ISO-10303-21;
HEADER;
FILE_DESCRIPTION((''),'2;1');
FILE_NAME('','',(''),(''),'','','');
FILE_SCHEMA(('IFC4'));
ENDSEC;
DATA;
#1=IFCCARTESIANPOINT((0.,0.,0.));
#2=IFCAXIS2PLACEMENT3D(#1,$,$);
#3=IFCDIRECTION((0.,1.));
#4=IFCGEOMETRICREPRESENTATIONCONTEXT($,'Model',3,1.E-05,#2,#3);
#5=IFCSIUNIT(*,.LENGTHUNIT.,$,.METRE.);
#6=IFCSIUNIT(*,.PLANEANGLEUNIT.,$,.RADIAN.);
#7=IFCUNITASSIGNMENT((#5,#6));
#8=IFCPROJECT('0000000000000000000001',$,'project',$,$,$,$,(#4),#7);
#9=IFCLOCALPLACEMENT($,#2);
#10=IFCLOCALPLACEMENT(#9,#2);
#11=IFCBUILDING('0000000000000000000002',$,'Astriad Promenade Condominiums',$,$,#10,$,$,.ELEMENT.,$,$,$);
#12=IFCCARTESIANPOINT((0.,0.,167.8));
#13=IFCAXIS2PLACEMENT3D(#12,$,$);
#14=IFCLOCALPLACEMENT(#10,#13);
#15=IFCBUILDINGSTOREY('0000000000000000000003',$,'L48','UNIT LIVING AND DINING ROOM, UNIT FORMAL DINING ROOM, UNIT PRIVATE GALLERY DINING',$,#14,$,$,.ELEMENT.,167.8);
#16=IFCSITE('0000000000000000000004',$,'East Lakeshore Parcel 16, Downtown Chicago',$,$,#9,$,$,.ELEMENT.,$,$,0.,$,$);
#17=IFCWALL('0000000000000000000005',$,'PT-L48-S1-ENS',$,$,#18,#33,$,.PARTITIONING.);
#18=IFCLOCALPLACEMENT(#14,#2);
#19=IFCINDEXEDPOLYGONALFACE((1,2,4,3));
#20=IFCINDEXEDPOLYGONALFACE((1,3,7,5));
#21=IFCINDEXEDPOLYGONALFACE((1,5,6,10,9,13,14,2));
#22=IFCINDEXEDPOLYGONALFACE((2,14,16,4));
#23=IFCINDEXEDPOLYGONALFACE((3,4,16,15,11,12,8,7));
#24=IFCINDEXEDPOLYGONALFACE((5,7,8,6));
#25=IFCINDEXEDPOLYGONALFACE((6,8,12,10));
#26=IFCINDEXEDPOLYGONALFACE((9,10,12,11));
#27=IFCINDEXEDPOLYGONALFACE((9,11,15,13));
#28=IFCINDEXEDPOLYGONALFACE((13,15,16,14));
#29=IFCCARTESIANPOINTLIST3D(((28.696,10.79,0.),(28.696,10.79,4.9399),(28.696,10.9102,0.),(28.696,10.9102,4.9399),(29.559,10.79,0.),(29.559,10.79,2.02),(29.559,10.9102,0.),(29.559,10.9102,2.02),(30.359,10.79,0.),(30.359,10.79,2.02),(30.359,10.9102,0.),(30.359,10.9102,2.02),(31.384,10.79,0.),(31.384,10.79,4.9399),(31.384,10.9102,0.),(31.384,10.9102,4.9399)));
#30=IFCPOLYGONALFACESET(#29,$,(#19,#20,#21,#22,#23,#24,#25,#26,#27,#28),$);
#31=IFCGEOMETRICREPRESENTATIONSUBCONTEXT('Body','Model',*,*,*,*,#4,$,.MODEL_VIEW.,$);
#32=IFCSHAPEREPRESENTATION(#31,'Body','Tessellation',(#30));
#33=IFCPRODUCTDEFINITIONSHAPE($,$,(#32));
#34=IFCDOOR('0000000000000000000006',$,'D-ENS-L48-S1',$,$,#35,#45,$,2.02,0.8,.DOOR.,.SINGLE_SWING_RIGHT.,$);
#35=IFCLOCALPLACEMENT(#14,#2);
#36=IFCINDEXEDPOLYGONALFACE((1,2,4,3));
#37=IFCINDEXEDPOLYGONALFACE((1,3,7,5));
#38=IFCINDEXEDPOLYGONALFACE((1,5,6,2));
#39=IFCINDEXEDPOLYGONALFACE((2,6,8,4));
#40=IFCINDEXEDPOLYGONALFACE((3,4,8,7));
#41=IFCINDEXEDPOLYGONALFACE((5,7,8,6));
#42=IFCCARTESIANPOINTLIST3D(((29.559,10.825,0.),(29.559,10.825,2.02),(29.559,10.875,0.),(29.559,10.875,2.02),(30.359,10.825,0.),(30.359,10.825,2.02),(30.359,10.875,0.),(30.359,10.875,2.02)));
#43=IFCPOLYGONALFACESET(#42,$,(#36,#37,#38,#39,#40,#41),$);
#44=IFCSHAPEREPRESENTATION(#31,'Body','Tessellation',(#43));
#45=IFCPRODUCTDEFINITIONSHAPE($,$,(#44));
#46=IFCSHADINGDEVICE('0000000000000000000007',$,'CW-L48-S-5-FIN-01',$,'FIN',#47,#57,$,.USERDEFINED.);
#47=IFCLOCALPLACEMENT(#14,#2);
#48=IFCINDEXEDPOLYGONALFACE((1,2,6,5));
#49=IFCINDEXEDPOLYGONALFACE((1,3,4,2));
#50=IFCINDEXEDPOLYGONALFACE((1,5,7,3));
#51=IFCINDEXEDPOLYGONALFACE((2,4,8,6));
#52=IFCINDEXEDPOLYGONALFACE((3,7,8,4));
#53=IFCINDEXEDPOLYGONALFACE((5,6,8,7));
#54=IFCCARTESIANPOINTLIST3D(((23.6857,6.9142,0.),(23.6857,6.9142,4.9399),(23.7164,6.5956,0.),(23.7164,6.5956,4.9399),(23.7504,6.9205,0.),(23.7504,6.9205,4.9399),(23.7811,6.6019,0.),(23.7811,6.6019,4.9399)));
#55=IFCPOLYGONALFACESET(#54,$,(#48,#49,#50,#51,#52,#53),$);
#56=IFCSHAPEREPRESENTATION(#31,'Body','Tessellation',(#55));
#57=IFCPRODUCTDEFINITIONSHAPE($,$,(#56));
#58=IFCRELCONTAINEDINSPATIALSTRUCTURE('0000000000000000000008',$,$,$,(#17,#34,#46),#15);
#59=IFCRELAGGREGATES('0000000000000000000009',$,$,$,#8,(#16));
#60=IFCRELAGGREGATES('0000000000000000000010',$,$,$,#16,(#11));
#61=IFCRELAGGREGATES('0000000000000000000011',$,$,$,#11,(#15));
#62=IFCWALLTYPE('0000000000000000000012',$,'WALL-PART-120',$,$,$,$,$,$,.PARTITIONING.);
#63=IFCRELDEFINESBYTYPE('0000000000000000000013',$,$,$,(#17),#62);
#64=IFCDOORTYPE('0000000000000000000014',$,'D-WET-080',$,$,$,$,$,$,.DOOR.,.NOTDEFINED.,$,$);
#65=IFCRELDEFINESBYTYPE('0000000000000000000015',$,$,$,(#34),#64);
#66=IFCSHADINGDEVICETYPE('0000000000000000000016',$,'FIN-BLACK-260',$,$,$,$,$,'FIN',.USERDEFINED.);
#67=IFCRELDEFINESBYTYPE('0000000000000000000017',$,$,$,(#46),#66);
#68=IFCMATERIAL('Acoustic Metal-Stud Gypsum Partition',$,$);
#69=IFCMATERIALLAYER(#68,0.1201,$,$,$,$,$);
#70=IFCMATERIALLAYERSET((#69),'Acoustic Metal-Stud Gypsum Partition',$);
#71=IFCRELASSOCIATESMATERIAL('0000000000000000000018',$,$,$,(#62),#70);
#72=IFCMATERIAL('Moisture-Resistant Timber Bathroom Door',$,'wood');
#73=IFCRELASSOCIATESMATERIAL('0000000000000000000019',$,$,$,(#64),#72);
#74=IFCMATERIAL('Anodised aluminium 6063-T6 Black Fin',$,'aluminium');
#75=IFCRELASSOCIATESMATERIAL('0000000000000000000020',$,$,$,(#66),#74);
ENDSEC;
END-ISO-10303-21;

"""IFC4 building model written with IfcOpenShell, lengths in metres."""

from ifc_helpers import new_model, si_unit, direction, frame, frame_2d, origin, origin_2d, place, context, subcontext, project, spatial, rectangle, extrude, source, transform, mapped, material, layer, layer_set, type_object, type_shapes, element, fill, save


model = new_model("IFC4")

# Units and contexts
model_context = context("Model", 3, precision=1e-05, world=origin(), true_north=direction((0.0, 1.0)))
body_context = subcontext(model_context, "Body", "Model", "MODEL_VIEW")
ifc_project = project(units=[si_unit("LENGTHUNIT", "METRE"), si_unit("PLANEANGLEUNIT", "RADIAN")], contexts=[model_context])

# Site, building, storey
site_placement = place(None, origin())
site = spatial("IfcSite", under=ifc_project, at=site_placement, Name="East Lakeshore Parcel 16, Downtown Chicago", CompositionType="ELEMENT", RefElevation=0.0)
building_placement = place(site_placement, origin())
building = spatial("IfcBuilding", under=site, at=building_placement, Name="Astriad Promenade Condominiums", CompositionType="ELEMENT")
storey_placement = place(building_placement, frame((0.0, 0.0, 167.8)))
storey = spatial("IfcBuildingStorey", under=building, at=storey_placement, Name="L48", Description="UNIT LIVING AND DINING ROOM, UNIT FORMAL DINING ROOM, UNIT PRIVATE GALLERY DINING", CompositionType="ELEMENT", Elevation=167.8)

# Shared definitions
ifc_material_1 = material(Name="Acoustic Metal-Stud Gypsum Partition")
ifc_layer_1 = layer(ifc_material_1, 0.1201)
ifc_layer_set_1 = layer_set([ifc_layer_1], Name="Acoustic Metal-Stud Gypsum Partition")
wall_type_1 = type_object("IfcWallType", Name="WALL-PART-120", PredefinedType="PARTITIONING", material=ifc_layer_set_1)
ifc_material_2 = material(Name="Moisture-Resistant Timber Bathroom Door", Category="wood")
door_type_1 = type_object("IfcDoorType", Name="D-WET-080", OperationType="NOTDEFINED", PredefinedType="DOOR", material=ifc_material_2)
shared_shape_1 = source(origin(), body_context, "Body", "SweptSolid", [
    extrude(rectangle(XDim=0.8, YDim=2.02, at=frame_2d((0.3999, 1.01))), frame((0.0, 0.0249, 0.0), z_axis=(0.0, -1.0, 0.0), x_axis=(1.0, 0.0, 0.0)), (0.0, 0.0, 1.0), 0.05),
])
type_shapes(door_type_1, [shared_shape_1])

# Wall, opening, door
wall_1_placement = place(storey_placement, frame((28.696, 10.8501, 0.0), z_axis=(0.0, 0.0, 1.0), x_axis=(1.0, 0.0, 0.0)))
wall_1 = element("IfcWall", 1, at=wall_1_placement, inside=storey, type_object=wall_type_1, Name="PT-L48-S1-ENS", PredefinedType="PARTITIONING", context=body_context, shape_type="SweptSolid", body=[
    extrude(rectangle(XDim=2.688, YDim=0.1201, at=frame_2d((1.344, 0.0))), origin(), (0.0, 0.0, 1.0), 4.9399),
])
opening_1_placement = place(wall_1_placement, frame((0.863, 0.0, 0.0)))
opening_1 = element("IfcOpeningElement", 2, at=opening_1_placement, cuts=wall_1, PredefinedType="OPENING", context=body_context, shape_type="SweptSolid", body=[
    extrude(rectangle(XDim=0.8, YDim=2.02, at=frame_2d((0.3999, 1.01))), frame((0.0, 0.0701, 0.0), z_axis=(0.0, -1.0, 0.0), x_axis=(1.0, 0.0, 0.0)), (0.0, 0.0, 1.0), 0.1401),
])
door_1_placement = place(opening_1_placement, origin())
door_1 = element("IfcDoor", 3, at=door_1_placement, inside=storey, type_object=door_type_1, Name="D-ENS-L48-S1", OperationType="SINGLE_SWING_RIGHT", OverallHeight=2.02, OverallWidth=0.8, PredefinedType="DOOR", context=body_context, shape_type="MappedRepresentation", body=[
    mapped(shared_shape_1, transform((0.0, 0.0, 0.0), scale=1.0)),
])
fill(opening_1, door_1)

# Shading device
ifc_material_3 = material(Name="Anodised aluminium 6063-T6 Black Fin", Category="aluminium")
shading_device_type = type_object("IfcShadingDeviceType", Name="FIN-BLACK-260", ElementType="FIN", PredefinedType="USERDEFINED", material=ifc_material_3)
shared_shape_2 = source(origin(), body_context, "Body", "SweptSolid", [
    extrude(rectangle(XDim=0.0649, YDim=0.3201, at=origin_2d()), origin(), (0.0, 0.0, 1.0), 4.9399),
])
type_shapes(shading_device_type, [shared_shape_2])
shading_device_placement = place(storey_placement, frame((23.7334, 6.7581, 0.0), z_axis=(0.0, 0.0, 1.0), x_axis=(-0.995396, -0.095846, 0.0)))
element("IfcShadingDevice", 4, at=shading_device_placement, inside=storey, type_object=shading_device_type, Name="CW-L48-S-5-FIN-01", ObjectType="FIN", PredefinedType="USERDEFINED", context=body_context, shape_type="MappedRepresentation", body=[
    mapped(shared_shape_2, transform((0.0, 0.0, 0.0), scale=1.0)),
])

save(model, "model.ifc")
